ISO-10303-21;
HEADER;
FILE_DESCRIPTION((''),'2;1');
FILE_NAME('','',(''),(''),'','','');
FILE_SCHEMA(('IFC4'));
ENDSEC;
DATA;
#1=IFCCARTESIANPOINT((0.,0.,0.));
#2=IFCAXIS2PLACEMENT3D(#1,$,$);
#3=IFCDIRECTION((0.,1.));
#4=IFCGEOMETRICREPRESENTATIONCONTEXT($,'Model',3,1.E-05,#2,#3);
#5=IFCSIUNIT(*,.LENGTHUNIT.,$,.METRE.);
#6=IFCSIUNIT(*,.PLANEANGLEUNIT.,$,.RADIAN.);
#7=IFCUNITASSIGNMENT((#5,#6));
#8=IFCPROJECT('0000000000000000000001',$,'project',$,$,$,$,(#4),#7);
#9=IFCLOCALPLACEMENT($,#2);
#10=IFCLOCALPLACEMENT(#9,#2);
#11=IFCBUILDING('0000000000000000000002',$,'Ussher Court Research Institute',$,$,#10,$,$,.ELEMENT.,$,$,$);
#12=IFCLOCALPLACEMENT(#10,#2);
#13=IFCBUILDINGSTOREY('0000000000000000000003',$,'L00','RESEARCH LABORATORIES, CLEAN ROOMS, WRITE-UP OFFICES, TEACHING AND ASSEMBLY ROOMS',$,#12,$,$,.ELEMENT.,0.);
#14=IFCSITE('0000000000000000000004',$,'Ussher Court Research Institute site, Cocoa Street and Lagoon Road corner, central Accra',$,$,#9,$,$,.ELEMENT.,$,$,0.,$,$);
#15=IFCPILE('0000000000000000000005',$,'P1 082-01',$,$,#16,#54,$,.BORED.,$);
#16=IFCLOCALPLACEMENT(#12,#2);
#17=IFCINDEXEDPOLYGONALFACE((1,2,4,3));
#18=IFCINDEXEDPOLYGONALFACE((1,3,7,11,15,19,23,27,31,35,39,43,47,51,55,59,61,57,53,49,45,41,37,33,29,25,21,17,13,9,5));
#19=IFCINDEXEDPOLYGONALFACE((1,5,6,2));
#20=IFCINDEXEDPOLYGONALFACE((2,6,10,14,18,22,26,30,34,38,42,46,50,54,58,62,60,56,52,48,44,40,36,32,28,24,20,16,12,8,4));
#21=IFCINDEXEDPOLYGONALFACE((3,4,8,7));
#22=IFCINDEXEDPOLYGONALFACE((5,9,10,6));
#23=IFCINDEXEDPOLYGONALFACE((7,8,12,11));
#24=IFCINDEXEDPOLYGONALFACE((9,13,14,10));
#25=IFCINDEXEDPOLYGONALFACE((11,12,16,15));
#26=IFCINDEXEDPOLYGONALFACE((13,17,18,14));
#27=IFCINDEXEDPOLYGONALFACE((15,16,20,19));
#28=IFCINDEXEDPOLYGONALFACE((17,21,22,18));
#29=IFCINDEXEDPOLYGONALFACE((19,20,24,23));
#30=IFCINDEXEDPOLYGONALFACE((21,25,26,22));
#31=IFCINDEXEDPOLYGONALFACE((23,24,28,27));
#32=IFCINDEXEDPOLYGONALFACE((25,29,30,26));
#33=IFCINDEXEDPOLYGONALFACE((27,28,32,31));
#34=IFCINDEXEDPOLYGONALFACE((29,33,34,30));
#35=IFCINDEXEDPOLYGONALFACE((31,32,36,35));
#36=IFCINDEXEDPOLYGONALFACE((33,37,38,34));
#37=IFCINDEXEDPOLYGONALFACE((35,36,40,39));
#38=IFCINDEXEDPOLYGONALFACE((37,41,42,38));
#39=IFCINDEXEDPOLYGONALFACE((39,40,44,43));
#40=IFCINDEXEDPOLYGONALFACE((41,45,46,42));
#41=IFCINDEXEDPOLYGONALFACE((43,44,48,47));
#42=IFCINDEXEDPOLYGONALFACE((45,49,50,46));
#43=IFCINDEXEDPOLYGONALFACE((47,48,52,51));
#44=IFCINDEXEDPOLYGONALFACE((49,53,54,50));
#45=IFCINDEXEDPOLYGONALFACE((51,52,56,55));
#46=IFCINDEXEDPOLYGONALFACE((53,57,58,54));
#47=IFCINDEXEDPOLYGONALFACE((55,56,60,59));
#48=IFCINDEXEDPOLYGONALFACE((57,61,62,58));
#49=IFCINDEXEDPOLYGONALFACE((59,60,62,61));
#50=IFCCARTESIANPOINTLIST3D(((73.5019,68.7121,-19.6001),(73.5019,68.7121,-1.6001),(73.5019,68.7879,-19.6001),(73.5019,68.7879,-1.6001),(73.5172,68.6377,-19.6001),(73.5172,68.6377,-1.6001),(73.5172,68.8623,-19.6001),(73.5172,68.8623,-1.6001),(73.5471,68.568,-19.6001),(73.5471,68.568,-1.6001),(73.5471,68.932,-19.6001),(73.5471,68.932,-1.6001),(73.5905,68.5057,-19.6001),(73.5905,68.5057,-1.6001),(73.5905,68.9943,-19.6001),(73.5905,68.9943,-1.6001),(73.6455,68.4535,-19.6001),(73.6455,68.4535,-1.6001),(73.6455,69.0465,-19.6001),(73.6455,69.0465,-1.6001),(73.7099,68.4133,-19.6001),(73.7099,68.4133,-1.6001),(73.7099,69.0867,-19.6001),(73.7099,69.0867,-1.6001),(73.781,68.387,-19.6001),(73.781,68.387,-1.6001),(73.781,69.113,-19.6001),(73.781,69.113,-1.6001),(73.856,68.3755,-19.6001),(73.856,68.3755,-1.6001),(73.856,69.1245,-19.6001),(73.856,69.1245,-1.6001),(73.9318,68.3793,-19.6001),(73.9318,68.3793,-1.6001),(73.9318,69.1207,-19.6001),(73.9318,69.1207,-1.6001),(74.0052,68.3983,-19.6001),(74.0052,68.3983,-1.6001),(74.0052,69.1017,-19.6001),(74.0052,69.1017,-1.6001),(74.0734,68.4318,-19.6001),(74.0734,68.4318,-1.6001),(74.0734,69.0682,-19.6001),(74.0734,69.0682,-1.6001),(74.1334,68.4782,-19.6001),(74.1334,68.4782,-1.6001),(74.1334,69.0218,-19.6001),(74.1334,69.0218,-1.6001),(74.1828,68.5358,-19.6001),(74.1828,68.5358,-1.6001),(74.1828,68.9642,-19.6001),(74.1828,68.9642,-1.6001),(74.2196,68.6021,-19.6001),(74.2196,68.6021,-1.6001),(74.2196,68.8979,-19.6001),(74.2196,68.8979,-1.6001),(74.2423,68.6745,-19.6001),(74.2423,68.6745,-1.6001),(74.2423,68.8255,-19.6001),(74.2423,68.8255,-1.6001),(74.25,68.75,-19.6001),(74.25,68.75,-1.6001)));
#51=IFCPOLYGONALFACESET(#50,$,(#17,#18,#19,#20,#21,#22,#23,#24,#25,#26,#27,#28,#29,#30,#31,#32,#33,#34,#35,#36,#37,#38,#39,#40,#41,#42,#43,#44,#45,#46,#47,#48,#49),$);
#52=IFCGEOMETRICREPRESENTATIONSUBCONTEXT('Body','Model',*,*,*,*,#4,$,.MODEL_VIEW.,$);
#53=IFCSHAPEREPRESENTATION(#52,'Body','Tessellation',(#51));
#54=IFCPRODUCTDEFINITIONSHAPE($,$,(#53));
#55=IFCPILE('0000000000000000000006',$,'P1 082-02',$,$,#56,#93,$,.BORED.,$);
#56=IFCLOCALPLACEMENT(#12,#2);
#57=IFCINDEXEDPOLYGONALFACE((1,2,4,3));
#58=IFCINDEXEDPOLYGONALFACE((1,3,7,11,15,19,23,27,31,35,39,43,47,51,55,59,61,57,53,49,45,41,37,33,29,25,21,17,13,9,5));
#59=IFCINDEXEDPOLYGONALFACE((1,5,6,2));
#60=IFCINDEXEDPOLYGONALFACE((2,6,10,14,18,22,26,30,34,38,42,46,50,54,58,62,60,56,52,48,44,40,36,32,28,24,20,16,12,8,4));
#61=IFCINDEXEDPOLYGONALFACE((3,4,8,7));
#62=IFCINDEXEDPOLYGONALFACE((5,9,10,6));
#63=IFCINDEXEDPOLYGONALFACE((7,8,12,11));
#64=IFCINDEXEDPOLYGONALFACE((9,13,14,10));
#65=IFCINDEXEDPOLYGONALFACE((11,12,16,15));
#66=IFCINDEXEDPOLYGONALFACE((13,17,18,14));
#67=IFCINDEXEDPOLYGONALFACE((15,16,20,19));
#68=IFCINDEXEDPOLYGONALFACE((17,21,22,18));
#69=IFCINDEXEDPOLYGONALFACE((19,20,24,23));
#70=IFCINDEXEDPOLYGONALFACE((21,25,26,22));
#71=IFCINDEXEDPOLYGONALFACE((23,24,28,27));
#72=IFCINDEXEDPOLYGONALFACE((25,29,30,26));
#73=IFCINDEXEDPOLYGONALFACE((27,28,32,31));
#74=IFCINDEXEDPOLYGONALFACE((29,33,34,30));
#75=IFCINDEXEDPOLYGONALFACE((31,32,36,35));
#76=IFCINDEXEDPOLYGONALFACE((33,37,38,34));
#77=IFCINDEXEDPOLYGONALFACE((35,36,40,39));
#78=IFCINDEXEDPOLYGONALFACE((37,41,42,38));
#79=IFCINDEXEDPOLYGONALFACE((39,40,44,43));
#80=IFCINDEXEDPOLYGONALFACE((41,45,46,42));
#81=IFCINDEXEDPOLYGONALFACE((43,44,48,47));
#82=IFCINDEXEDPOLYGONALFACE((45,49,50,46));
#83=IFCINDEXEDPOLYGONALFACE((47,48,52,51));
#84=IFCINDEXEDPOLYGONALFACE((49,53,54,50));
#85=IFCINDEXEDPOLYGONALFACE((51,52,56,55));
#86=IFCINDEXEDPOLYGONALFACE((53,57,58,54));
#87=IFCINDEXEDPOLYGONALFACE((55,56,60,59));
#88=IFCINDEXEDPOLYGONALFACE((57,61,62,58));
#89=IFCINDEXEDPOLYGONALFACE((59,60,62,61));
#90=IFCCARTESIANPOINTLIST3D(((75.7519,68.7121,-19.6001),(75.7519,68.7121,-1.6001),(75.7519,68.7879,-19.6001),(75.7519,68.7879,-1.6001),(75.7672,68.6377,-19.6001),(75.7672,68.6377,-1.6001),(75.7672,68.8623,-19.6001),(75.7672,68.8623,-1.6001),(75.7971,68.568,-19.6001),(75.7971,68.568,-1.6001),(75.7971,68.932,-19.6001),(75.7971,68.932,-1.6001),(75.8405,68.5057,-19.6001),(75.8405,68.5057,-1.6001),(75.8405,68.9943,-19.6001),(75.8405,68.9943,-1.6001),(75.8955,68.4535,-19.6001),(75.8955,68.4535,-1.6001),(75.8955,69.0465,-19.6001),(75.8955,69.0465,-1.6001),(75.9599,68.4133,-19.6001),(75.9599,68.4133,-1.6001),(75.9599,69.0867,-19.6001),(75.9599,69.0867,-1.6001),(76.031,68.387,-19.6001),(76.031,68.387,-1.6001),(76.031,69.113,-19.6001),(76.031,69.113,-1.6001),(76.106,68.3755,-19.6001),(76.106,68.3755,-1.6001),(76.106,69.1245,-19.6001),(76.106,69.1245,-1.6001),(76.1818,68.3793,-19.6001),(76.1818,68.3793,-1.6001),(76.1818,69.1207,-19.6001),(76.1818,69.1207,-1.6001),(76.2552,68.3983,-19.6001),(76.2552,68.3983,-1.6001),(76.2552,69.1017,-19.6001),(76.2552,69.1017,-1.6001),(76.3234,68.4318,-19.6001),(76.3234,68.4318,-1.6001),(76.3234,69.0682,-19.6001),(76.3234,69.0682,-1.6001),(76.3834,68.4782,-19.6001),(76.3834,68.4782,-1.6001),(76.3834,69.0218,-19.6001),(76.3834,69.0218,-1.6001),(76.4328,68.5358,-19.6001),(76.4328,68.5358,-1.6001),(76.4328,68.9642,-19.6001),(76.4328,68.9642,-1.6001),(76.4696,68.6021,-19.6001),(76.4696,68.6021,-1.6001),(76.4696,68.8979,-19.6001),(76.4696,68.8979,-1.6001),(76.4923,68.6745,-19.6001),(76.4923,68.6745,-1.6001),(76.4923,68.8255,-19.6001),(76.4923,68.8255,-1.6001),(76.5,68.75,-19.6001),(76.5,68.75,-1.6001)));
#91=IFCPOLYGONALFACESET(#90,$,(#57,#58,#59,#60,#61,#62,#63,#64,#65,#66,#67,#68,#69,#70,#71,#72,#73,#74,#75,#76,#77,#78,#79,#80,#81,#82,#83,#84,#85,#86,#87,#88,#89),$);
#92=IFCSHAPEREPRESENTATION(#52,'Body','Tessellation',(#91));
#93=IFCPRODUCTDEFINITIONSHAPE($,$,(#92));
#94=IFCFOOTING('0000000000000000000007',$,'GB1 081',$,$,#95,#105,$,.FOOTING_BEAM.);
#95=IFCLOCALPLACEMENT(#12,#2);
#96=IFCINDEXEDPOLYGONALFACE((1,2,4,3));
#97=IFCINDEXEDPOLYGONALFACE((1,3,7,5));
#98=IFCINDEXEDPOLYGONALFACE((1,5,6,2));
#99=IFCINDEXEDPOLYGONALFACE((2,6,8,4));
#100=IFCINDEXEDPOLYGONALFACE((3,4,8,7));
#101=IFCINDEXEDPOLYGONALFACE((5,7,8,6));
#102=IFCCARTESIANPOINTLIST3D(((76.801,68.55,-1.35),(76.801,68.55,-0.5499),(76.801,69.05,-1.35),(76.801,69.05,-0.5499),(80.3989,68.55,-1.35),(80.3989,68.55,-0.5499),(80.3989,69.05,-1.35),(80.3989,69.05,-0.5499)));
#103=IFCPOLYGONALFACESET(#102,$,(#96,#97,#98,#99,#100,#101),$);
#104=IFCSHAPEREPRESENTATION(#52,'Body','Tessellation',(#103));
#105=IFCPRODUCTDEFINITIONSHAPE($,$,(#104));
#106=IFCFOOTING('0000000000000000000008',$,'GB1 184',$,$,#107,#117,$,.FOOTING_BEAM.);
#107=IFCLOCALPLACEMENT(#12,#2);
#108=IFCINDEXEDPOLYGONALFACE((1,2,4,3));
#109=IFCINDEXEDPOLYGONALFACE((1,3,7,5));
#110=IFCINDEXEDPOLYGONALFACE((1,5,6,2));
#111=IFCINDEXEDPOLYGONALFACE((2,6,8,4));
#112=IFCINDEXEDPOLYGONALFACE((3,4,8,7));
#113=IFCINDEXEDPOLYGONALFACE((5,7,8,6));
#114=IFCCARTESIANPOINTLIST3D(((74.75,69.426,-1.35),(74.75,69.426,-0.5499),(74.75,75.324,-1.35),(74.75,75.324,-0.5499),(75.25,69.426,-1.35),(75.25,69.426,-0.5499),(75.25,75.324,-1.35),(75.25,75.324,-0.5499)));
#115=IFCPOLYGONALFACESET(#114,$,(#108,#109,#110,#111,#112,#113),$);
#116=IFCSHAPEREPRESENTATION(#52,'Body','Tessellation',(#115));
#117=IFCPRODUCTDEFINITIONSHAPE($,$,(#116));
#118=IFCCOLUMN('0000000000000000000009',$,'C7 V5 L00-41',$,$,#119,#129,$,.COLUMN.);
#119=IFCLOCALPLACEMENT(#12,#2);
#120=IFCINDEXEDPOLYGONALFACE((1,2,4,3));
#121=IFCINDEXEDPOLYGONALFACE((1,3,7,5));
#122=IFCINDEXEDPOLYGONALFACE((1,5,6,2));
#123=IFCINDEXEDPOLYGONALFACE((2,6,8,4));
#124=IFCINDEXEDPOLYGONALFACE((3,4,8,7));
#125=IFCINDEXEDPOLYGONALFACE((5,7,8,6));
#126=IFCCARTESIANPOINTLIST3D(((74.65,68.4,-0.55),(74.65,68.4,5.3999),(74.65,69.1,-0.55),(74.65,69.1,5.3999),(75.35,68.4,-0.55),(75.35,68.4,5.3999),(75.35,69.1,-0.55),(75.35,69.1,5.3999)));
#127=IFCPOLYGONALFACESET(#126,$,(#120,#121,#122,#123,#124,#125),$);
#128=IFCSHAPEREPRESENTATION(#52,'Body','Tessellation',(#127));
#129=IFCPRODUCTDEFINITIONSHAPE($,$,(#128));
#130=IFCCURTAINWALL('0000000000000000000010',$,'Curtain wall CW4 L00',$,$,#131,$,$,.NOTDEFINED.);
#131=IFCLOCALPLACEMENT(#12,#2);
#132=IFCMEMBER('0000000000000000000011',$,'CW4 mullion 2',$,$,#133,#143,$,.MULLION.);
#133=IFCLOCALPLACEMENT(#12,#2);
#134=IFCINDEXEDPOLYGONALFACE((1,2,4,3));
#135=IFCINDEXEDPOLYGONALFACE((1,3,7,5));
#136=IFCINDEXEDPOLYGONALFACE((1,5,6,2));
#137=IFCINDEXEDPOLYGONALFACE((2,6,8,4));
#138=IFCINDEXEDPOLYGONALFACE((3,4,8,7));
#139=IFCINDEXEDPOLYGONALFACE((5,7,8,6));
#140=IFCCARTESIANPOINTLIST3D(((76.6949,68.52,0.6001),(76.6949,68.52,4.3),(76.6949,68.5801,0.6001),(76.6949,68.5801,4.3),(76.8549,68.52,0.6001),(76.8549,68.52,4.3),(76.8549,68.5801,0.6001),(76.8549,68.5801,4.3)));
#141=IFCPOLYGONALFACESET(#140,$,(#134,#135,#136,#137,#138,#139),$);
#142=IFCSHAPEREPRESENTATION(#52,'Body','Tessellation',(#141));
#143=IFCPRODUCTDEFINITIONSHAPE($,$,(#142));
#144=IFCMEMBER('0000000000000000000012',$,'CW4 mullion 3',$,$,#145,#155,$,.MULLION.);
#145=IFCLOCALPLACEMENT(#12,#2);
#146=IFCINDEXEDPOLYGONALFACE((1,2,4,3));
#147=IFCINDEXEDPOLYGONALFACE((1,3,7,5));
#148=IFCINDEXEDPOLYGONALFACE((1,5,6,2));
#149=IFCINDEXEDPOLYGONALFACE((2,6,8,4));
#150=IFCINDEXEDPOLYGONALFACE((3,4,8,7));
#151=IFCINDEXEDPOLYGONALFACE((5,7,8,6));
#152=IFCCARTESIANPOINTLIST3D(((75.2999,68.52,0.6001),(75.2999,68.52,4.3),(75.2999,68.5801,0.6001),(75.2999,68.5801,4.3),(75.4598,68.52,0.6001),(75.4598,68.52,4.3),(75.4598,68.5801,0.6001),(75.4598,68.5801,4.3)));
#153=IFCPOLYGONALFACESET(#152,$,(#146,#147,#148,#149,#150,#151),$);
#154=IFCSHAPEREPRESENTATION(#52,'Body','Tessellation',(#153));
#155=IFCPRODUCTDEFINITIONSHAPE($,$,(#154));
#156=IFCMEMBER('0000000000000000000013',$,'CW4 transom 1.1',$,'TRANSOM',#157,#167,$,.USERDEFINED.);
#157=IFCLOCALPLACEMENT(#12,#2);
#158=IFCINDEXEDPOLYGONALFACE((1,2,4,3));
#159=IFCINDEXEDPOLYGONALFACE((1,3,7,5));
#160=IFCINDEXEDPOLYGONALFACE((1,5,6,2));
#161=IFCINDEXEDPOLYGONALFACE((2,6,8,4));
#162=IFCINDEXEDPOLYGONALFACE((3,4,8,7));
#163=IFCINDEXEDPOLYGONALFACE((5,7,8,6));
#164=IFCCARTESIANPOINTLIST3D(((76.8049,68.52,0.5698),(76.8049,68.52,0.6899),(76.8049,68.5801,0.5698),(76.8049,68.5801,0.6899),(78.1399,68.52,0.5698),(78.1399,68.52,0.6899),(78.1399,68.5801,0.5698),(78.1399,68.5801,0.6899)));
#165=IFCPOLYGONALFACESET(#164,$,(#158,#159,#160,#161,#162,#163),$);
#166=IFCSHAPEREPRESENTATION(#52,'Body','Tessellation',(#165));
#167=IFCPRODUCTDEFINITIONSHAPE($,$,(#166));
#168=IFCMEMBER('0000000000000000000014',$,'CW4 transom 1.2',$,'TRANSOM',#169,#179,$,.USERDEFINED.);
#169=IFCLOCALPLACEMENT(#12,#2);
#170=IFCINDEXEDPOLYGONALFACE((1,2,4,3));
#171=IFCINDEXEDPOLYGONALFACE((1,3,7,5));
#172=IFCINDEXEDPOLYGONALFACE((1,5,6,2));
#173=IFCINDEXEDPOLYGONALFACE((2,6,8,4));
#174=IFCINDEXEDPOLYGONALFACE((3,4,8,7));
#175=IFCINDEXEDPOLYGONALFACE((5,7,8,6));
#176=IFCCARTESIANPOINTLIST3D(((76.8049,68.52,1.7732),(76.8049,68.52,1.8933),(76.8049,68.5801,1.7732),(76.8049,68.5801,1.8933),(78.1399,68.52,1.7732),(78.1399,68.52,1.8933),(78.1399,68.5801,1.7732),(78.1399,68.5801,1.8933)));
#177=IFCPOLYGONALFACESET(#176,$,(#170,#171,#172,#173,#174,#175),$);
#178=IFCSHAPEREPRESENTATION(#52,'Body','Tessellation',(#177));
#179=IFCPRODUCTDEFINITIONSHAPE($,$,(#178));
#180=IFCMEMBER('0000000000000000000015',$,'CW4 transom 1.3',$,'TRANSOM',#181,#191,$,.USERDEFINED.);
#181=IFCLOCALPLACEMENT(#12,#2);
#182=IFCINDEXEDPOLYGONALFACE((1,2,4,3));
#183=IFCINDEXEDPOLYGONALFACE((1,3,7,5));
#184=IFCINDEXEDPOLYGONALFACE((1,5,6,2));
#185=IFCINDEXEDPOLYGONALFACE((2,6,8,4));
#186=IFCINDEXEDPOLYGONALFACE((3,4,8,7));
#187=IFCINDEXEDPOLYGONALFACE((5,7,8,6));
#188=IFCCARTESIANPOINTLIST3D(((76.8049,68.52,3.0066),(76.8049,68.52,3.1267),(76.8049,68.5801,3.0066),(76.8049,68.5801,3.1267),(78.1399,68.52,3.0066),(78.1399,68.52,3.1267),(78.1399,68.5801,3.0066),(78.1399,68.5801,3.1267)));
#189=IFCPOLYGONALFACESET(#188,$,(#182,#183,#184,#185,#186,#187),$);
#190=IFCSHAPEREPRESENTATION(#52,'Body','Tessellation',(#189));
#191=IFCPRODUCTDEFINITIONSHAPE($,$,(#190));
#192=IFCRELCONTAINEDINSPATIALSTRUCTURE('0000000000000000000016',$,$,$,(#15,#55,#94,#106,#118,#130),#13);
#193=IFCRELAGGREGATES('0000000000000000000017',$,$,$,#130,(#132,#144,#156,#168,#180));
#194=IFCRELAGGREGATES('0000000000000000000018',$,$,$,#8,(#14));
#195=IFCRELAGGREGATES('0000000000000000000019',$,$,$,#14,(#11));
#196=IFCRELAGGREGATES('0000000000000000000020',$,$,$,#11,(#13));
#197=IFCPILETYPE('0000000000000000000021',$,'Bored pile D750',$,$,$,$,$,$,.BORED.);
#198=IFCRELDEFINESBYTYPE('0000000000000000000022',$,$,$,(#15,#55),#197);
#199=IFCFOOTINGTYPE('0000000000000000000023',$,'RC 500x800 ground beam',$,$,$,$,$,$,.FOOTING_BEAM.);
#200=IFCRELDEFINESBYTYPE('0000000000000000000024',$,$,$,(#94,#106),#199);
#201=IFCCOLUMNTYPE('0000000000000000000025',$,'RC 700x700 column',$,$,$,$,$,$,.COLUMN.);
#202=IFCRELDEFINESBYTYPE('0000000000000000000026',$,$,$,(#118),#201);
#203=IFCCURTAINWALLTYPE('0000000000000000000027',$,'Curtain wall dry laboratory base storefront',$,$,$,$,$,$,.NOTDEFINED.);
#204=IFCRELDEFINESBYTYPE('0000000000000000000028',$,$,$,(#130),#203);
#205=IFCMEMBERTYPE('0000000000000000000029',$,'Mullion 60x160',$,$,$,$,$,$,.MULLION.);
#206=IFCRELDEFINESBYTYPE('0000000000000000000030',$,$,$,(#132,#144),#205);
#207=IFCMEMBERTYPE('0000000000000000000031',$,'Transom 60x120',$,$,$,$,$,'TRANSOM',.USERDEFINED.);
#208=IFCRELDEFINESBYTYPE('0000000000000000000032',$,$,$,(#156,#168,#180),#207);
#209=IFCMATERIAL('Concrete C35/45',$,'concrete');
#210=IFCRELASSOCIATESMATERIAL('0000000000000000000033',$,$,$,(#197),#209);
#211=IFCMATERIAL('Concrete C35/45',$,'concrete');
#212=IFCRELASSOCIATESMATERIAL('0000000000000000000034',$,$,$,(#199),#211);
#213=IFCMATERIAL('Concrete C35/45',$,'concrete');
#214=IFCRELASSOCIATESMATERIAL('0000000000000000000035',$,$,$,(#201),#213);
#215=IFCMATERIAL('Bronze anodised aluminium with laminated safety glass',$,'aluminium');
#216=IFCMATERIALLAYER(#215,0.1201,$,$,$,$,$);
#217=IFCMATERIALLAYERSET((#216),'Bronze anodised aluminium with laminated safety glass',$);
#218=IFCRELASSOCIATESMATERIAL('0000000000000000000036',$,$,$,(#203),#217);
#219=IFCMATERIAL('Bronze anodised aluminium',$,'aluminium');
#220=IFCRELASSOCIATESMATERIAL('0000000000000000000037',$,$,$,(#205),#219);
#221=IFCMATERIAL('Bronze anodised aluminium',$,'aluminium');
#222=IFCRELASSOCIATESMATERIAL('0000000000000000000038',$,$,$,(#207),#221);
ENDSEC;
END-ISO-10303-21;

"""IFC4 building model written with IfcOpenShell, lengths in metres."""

from ifc_helpers import new_model, si_unit, direction, frame, origin, origin_2d, place, context, subcontext, project, spatial, rectangle, circle, extrude, material, layer, layer_set, material_profile, profile_set, type_object, element, aggregate, save


model = new_model("IFC4")

# Units and contexts
model_context = context("Model", 3, precision=1e-05, world=origin(), true_north=direction((0.0, 1.0)))
body_context = subcontext(model_context, "Body", "Model", "MODEL_VIEW")
ifc_project = project(units=[si_unit("LENGTHUNIT", "METRE"), si_unit("PLANEANGLEUNIT", "RADIAN")], contexts=[model_context])

# Site, building, storey
site_placement = place(None, origin())
site = spatial("IfcSite", under=ifc_project, at=site_placement, Name="Ussher Court Research Institute site, Cocoa Street and Lagoon Road corner, central Accra", CompositionType="ELEMENT", RefElevation=0.0)
building_placement = place(site_placement, origin())
building = spatial("IfcBuilding", under=site, at=building_placement, Name="Ussher Court Research Institute", CompositionType="ELEMENT")
storey_placement = place(building_placement, origin())
storey = spatial("IfcBuildingStorey", under=building, at=storey_placement, Name="L00", Description="RESEARCH LABORATORIES, CLEAN ROOMS, WRITE-UP OFFICES, TEACHING AND ASSEMBLY ROOMS", CompositionType="ELEMENT", Elevation=0.0)

# Piles
ifc_material_1 = material(Name="Concrete C35/45", Category="concrete")
ifc_material_profile_1 = material_profile(ifc_material_1, circle(Radius=0.375, at=origin_2d()), Name="RC D750")
ifc_profile_set_1 = profile_set([ifc_material_profile_1], Name="Concrete C35/45")
pile_type = type_object("IfcPileType", Name="Bored pile D750", PredefinedType="BORED", material=ifc_profile_set_1)
for number, where, z_axis, x_axis, name in (
    (1, (73.875, 68.75, -1.6001), (0.0, 0.0, -1.0), (1.0, 0.0, 0.0), "P1 082-01"),
    (2, (76.125, 68.75, -1.6001), (0.0, 0.0, -1.0), (1.0, 0.0, 0.0), "P1 082-02"),
):
    element("IfcPile", number, at=place(storey_placement, frame(where, z_axis=z_axis, x_axis=x_axis)), inside=storey, type_object=pile_type, Name=name, PredefinedType="BORED", context=body_context, shape_type="SweptSolid", body=[
        extrude(circle(Radius=0.375, at=origin_2d()), origin(), (0.0, 0.0, 1.0), 18.0),
    ])

# Footings
ifc_material_2 = material(Name="Concrete C35/45", Category="concrete")
ifc_material_profile_2 = material_profile(ifc_material_2, rectangle(XDim=0.5, YDim=0.8, at=origin_2d()), Name="RC 500x800")
ifc_profile_set_2 = profile_set([ifc_material_profile_2], Name="Concrete C35/45")
footing_type = type_object("IfcFootingType", Name="RC 500x800 ground beam", PredefinedType="FOOTING_BEAM", material=ifc_profile_set_2)
footing_1_placement = place(storey_placement, frame((76.801, 68.8, -0.95), z_axis=(1.0, 0.0, 0.0), x_axis=(0.0, 1.0, 0.0)))
element("IfcFooting", 3, at=footing_1_placement, inside=storey, type_object=footing_type, Name="GB1 081", PredefinedType="FOOTING_BEAM", context=body_context, shape_type="SweptSolid", body=[
    extrude(rectangle(XDim=0.5, YDim=0.8, at=origin_2d()), origin(), (0.0, 0.0, 1.0), 3.5979),
])
footing_2_placement = place(storey_placement, frame((75.0, 69.426, -0.95), z_axis=(0.0, 1.0, 0.0), x_axis=(-1.0, 0.0, 0.0)))
element("IfcFooting", 4, at=footing_2_placement, inside=storey, type_object=footing_type, Name="GB1 184", PredefinedType="FOOTING_BEAM", context=body_context, shape_type="SweptSolid", body=[
    extrude(rectangle(XDim=0.5, YDim=0.8, at=origin_2d()), origin(), (0.0, 0.0, 1.0), 5.8979),
])

# Column
ifc_material_3 = material(Name="Concrete C35/45", Category="concrete")
ifc_material_profile_3 = material_profile(ifc_material_3, rectangle(XDim=0.7, YDim=0.7, at=origin_2d()), Name="RC 700x700")
ifc_profile_set_3 = profile_set([ifc_material_profile_3], Name="Concrete C35/45")
column_type = type_object("IfcColumnType", Name="RC 700x700 column", PredefinedType="COLUMN", material=ifc_profile_set_3)
column_placement = place(storey_placement, frame((75.0, 68.75, -0.55), z_axis=(0.0, 0.0, 1.0), x_axis=(1.0, 0.0, 0.0)))
element("IfcColumn", 5, at=column_placement, inside=storey, type_object=column_type, Name="C7 V5 L00-41", PredefinedType="COLUMN", context=body_context, shape_type="SweptSolid", body=[
    extrude(rectangle(XDim=0.7, YDim=0.7, at=origin_2d()), origin(), (0.0, 0.0, 1.0), 5.95),
])

# Curtain wall, members
ifc_material_4 = material(Name="Bronze anodised aluminium with laminated safety glass", Category="aluminium")
ifc_layer_1 = layer(ifc_material_4, 0.1201)
ifc_layer_set_1 = layer_set([ifc_layer_1], Name="Bronze anodised aluminium with laminated safety glass")
curtain_wall_type = type_object("IfcCurtainWallType", Name="Curtain wall dry laboratory base storefront", PredefinedType="NOTDEFINED", material=ifc_layer_set_1)
curtain_wall_placement = place(storey_placement, origin())
curtain_wall = element("IfcCurtainWall", 6, at=curtain_wall_placement, inside=storey, type_object=curtain_wall_type, Name="Curtain wall CW4 L00", PredefinedType="NOTDEFINED")
ifc_material_5 = material(Name="Bronze anodised aluminium", Category="aluminium")
ifc_material_profile_4 = material_profile(ifc_material_5, rectangle(XDim=0.0601, YDim=0.1599, at=origin_2d()), Name="Mullion 60x160")
ifc_profile_set_4 = profile_set([ifc_material_profile_4], Name="Bronze anodised aluminium")
member_type_1 = type_object("IfcMemberType", Name="Mullion 60x160", PredefinedType="MULLION", material=ifc_profile_set_4)
member_1_placement = place(storey_placement, frame((76.7749, 68.55, 0.6001), z_axis=(0.0, 0.0, 1.0), x_axis=(0.0, -1.0, 0.0)))
member_1 = element("IfcMember", 7, at=member_1_placement, type_object=member_type_1, Name="CW4 mullion 2", PredefinedType="MULLION", context=body_context, shape_type="SweptSolid", body=[
    extrude(rectangle(XDim=0.0601, YDim=0.1599, at=origin_2d()), origin(), (0.0, 0.0, 1.0), 3.7),
])
member_2_placement = place(storey_placement, frame((75.3799, 68.55, 0.6001), z_axis=(0.0, 0.0, 1.0), x_axis=(0.0, -1.0, 0.0)))
member_2 = element("IfcMember", 8, at=member_2_placement, type_object=member_type_1, Name="CW4 mullion 3", PredefinedType="MULLION", context=body_context, shape_type="SweptSolid", body=[
    extrude(rectangle(XDim=0.0601, YDim=0.1599, at=origin_2d()), origin(), (0.0, 0.0, 1.0), 3.7),
])
ifc_material_6 = material(Name="Bronze anodised aluminium", Category="aluminium")
ifc_material_profile_5 = material_profile(ifc_material_6, rectangle(XDim=0.0601, YDim=0.1201, at=origin_2d()), Name="Transom 60x120")
ifc_profile_set_5 = profile_set([ifc_material_profile_5], Name="Bronze anodised aluminium")
member_type_2 = type_object("IfcMemberType", Name="Transom 60x120", ElementType="TRANSOM", PredefinedType="USERDEFINED", material=ifc_profile_set_5)
member_3_placement = place(storey_placement, frame((78.1399, 68.55, 0.6299), z_axis=(-1.0, 0.0, 0.0), x_axis=(0.0, -1.0, 0.0)))
member_3 = element("IfcMember", 9, at=member_3_placement, type_object=member_type_2, Name="CW4 transom 1.1", ObjectType="TRANSOM", PredefinedType="USERDEFINED", context=body_context, shape_type="SweptSolid", body=[
    extrude(rectangle(XDim=0.0601, YDim=0.1201, at=origin_2d()), origin(), (0.0, 0.0, 1.0), 1.335),
])
member_4_placement = place(storey_placement, frame((78.1399, 68.55, 1.8333), z_axis=(-1.0, 0.0, 0.0), x_axis=(0.0, -1.0, 0.0)))
member_4 = element("IfcMember", 10, at=member_4_placement, type_object=member_type_2, Name="CW4 transom 1.2", ObjectType="TRANSOM", PredefinedType="USERDEFINED", context=body_context, shape_type="SweptSolid", body=[
    extrude(rectangle(XDim=0.0601, YDim=0.1201, at=origin_2d()), origin(), (0.0, 0.0, 1.0), 1.335),
])
member_5_placement = place(storey_placement, frame((78.1399, 68.55, 3.0667), z_axis=(-1.0, 0.0, 0.0), x_axis=(0.0, -1.0, 0.0)))
member_5 = element("IfcMember", 11, at=member_5_placement, type_object=member_type_2, Name="CW4 transom 1.3", ObjectType="TRANSOM", PredefinedType="USERDEFINED", context=body_context, shape_type="SweptSolid", body=[
    extrude(rectangle(XDim=0.0601, YDim=0.1201, at=origin_2d()), origin(), (0.0, 0.0, 1.0), 1.335),
])
aggregate(curtain_wall, [member_1, member_2, member_3, member_4, member_5])

save(model, "model.ifc")
